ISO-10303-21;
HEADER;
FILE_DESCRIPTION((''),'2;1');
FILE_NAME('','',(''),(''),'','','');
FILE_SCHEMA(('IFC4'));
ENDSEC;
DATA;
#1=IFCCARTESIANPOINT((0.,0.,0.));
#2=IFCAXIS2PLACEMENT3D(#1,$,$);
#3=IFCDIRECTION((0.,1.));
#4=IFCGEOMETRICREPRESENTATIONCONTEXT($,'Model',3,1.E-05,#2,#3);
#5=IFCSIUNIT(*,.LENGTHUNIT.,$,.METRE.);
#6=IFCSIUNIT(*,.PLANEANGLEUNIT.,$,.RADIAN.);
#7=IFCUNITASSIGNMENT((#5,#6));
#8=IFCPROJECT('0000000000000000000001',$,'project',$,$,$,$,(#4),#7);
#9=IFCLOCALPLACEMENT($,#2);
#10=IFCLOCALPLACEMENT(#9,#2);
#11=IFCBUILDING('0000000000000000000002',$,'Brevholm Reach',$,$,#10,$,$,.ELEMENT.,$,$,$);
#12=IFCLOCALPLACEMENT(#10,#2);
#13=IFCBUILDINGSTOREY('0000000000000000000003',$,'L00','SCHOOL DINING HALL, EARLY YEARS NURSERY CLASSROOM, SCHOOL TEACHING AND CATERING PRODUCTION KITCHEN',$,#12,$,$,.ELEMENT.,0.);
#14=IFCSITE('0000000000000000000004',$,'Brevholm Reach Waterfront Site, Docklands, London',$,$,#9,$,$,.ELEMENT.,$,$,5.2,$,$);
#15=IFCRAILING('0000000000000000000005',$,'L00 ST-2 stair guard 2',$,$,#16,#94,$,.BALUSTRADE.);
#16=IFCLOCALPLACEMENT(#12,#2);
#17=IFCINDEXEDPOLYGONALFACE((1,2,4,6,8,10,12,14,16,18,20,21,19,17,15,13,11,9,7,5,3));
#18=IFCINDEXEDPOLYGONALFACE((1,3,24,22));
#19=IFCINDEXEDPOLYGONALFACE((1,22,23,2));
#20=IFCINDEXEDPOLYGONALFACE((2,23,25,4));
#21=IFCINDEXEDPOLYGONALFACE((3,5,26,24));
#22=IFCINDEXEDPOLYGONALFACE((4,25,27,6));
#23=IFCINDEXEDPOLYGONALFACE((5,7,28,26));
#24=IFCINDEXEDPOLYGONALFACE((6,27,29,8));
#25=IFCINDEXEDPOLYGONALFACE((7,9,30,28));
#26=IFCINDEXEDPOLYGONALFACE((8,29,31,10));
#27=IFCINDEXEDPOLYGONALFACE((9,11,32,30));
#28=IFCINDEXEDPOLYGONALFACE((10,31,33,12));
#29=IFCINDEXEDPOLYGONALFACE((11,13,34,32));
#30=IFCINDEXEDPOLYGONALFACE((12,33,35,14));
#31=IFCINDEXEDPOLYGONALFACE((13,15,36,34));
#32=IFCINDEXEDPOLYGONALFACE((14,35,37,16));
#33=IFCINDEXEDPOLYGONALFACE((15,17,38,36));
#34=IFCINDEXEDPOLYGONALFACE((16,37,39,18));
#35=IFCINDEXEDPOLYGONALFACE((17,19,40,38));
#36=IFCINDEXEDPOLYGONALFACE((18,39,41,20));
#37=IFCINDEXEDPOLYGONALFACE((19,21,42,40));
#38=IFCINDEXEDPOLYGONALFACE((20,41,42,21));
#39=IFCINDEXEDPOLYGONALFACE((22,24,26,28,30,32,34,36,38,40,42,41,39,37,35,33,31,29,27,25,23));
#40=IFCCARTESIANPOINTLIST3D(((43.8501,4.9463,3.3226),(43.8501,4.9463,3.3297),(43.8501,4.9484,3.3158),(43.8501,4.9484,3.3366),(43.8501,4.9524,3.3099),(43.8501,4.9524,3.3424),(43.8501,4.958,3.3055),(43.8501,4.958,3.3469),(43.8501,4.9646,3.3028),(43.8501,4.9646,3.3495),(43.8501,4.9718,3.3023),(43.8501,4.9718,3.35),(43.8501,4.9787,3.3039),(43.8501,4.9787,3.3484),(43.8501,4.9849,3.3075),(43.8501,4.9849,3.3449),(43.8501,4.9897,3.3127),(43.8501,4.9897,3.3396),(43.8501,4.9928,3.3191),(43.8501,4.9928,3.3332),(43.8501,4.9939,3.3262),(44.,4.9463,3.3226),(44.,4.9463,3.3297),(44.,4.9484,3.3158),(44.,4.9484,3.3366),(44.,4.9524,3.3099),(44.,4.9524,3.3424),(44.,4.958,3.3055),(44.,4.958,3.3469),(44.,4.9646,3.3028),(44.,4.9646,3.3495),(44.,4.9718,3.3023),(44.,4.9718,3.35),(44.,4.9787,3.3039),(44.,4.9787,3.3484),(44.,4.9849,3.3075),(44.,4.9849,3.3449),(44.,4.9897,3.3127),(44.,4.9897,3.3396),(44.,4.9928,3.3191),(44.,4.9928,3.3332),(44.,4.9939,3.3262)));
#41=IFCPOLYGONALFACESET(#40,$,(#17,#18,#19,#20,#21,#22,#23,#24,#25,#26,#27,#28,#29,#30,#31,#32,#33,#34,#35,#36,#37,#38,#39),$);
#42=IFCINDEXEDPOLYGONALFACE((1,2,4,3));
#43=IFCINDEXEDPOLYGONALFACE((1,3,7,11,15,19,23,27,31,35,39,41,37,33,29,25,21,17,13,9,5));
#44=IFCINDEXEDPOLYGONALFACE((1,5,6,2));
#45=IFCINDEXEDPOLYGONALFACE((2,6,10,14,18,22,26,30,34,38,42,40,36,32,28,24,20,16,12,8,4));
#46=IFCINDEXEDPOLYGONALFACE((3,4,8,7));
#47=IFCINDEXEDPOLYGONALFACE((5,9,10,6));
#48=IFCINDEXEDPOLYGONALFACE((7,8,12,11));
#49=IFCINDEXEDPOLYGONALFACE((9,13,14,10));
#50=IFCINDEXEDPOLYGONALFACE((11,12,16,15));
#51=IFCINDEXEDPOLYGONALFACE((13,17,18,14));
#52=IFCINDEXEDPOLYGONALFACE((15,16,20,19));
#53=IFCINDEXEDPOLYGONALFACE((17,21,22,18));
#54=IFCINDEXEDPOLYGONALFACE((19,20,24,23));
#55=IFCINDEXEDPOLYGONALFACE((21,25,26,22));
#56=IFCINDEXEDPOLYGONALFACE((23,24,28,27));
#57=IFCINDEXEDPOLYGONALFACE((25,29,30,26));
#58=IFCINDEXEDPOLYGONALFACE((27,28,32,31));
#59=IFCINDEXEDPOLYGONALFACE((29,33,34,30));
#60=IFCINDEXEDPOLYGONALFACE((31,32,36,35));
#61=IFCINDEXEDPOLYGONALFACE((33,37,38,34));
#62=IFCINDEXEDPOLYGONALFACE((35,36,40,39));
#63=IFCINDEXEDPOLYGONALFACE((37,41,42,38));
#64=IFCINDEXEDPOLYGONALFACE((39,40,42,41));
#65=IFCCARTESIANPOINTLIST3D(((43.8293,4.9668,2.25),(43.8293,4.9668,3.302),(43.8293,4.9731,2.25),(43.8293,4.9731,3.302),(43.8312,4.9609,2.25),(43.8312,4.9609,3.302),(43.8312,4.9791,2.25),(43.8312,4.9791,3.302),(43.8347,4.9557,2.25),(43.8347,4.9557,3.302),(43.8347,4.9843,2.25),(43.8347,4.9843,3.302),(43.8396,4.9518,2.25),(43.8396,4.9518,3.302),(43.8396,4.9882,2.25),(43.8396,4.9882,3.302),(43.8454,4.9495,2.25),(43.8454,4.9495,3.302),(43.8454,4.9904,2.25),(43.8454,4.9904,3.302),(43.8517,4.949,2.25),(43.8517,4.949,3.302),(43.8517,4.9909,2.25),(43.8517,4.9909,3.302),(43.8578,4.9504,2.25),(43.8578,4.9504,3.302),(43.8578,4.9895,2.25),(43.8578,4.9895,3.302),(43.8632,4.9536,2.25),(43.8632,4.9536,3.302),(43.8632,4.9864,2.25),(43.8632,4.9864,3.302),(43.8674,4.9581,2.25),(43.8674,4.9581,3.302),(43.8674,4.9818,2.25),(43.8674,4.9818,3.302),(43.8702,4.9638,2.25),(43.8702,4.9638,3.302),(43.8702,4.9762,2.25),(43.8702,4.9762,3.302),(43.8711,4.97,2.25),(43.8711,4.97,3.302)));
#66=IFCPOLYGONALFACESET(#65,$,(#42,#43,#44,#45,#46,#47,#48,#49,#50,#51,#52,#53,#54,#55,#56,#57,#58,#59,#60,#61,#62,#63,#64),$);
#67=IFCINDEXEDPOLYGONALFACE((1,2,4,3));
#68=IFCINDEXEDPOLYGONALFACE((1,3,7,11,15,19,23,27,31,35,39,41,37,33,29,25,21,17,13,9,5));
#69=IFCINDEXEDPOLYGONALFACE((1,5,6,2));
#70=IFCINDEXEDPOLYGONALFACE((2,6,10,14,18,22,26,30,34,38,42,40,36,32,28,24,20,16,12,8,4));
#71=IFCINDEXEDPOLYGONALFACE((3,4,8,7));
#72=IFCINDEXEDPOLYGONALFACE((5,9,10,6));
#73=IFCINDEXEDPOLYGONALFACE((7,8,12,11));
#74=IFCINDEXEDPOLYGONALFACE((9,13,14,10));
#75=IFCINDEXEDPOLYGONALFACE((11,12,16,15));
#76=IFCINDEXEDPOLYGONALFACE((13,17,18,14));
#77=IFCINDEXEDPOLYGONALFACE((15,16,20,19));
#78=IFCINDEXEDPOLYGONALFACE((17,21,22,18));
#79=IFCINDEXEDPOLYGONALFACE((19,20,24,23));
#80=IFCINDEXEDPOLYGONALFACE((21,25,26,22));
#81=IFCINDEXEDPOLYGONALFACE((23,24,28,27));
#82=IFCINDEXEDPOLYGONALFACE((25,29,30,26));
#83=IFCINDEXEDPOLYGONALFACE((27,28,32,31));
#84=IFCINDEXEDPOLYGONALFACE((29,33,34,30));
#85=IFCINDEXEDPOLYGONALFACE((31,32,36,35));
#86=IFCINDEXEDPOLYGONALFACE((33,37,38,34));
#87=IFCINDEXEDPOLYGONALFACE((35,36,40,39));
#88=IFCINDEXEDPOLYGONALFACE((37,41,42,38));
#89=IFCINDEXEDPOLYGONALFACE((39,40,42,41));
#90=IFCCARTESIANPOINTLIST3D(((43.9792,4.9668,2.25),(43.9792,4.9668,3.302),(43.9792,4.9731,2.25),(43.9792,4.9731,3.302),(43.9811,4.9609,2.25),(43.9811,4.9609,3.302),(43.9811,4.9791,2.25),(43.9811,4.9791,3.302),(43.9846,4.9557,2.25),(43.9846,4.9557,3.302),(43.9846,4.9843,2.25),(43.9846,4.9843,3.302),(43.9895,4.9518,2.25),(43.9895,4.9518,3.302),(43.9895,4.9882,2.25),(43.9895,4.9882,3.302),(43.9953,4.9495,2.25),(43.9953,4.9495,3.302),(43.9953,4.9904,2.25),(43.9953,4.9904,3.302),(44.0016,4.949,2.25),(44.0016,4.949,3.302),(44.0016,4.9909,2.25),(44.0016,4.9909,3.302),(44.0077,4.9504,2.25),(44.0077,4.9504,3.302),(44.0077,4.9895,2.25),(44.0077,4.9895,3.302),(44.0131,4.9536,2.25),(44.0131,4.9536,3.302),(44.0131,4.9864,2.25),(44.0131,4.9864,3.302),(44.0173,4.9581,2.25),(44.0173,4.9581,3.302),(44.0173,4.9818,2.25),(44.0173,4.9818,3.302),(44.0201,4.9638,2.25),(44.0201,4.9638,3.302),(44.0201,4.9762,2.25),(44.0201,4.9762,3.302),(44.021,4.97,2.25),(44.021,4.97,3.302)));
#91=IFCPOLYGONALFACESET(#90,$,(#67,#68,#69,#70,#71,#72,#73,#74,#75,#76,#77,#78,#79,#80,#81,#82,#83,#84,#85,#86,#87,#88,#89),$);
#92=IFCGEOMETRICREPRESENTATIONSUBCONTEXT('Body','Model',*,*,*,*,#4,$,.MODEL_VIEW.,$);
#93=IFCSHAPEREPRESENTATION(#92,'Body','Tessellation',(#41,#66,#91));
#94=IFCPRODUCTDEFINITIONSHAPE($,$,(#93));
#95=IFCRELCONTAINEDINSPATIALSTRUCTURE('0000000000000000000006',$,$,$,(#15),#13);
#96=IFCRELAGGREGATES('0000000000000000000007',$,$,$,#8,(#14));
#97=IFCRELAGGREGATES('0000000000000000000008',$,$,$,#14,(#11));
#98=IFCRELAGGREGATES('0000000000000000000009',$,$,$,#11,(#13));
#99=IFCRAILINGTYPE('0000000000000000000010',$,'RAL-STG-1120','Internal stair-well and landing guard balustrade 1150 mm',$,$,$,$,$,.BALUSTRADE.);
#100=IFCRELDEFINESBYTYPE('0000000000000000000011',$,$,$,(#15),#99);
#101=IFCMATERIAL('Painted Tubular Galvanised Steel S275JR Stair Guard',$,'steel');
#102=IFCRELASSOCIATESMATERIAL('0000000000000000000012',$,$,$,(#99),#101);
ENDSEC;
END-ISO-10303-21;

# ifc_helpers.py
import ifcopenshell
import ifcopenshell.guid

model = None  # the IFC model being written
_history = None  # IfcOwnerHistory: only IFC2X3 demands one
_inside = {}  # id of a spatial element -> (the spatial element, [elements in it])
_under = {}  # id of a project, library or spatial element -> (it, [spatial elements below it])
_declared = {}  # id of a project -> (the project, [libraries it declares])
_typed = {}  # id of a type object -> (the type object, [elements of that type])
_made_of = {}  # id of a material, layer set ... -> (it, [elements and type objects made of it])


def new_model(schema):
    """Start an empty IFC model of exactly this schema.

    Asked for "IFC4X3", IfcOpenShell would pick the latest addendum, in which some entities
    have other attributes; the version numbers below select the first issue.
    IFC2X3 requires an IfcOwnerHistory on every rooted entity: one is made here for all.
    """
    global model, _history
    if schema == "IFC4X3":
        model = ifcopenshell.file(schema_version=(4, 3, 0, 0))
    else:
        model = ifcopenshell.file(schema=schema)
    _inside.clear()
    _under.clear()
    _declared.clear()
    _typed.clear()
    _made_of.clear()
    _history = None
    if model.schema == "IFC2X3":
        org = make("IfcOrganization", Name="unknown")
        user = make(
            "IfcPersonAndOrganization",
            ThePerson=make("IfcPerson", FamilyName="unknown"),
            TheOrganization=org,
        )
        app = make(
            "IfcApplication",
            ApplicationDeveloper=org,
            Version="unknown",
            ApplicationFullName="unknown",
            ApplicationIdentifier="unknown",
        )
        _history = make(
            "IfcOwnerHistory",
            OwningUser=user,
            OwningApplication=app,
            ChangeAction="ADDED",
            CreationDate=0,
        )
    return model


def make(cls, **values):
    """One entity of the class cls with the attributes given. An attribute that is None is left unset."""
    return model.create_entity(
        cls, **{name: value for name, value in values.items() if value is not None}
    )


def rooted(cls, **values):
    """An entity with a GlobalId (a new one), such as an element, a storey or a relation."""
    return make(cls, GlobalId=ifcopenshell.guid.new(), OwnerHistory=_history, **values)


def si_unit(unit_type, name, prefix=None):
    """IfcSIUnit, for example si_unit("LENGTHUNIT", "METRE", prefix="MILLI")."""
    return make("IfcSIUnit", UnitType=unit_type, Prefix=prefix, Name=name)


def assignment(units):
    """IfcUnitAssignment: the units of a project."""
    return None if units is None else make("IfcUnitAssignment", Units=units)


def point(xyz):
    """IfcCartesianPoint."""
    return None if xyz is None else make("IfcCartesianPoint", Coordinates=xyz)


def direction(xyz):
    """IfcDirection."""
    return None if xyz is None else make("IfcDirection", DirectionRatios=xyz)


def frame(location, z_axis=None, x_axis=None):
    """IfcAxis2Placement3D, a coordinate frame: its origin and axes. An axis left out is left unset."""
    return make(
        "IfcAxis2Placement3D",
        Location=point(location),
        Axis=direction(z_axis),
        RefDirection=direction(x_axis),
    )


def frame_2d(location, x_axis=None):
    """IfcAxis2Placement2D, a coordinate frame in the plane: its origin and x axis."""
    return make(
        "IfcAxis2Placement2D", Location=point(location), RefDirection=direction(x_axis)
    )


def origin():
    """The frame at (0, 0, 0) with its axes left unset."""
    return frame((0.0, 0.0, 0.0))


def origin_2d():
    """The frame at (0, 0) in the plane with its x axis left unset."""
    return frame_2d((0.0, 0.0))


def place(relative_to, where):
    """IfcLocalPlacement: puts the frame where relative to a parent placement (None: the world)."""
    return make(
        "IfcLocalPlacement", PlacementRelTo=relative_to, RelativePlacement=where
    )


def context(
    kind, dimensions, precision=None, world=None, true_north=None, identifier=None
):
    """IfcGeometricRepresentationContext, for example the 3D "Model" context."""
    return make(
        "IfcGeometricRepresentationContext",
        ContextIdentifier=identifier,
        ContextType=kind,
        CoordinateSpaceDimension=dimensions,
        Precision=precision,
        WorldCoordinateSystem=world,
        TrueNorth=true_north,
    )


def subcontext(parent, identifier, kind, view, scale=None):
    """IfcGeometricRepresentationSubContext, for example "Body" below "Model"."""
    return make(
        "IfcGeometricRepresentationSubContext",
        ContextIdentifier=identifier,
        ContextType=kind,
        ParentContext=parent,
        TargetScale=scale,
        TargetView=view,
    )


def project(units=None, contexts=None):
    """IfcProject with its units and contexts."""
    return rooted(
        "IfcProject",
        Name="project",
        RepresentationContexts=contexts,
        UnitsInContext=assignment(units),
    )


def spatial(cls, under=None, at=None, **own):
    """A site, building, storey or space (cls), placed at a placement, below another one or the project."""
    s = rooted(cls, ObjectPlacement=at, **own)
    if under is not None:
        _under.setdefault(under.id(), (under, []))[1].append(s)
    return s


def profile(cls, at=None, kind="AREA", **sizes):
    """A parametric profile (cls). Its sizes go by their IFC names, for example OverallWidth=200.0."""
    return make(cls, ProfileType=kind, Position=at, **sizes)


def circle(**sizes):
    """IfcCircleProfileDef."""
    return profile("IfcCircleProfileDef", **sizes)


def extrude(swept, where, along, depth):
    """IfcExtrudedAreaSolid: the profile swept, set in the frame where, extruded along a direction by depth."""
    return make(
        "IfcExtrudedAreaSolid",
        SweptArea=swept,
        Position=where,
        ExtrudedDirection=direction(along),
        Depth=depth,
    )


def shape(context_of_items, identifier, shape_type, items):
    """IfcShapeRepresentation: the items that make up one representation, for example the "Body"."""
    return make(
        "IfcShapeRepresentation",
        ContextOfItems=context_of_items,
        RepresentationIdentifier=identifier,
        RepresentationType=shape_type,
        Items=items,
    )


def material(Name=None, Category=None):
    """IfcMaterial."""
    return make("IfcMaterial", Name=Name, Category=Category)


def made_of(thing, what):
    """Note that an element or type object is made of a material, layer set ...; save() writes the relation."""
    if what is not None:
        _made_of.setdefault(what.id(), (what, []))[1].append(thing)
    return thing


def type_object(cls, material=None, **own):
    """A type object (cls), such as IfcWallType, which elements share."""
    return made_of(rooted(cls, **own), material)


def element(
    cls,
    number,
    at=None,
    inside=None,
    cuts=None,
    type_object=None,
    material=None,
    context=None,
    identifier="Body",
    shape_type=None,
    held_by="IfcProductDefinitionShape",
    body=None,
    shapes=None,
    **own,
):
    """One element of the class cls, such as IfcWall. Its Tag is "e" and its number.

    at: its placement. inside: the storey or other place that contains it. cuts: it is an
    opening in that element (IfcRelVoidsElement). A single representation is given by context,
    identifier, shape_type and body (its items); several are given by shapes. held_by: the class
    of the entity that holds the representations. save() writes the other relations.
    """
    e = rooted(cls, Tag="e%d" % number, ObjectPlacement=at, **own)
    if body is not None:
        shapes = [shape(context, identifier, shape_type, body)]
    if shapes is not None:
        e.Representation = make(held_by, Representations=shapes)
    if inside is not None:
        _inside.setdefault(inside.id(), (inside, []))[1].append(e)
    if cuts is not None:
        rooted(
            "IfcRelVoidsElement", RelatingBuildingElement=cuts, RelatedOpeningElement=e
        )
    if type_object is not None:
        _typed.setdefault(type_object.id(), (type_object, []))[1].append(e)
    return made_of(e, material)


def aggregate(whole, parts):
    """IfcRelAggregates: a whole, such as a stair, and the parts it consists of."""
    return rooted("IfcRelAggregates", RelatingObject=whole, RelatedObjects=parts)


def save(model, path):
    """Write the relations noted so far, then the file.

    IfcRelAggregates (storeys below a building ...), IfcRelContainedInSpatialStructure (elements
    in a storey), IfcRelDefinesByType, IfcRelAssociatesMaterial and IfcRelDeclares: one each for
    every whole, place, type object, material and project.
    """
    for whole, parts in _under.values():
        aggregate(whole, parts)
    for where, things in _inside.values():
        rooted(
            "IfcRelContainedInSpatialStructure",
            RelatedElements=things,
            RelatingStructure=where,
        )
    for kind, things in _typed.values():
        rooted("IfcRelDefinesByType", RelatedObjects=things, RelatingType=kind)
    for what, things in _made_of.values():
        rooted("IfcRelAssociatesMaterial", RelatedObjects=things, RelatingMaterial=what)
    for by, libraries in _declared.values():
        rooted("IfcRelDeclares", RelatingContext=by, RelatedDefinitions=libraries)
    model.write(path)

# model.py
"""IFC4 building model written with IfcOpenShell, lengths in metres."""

from ifc_helpers import new_model, si_unit, direction, frame, origin, origin_2d, place, context, subcontext, project, spatial, circle, extrude, material, type_object, element, save


model = new_model("IFC4")

# Units and contexts
model_context = context("Model", 3, precision=1e-05, world=origin(), true_north=direction((0.0, 1.0)))
body_context = subcontext(model_context, "Body", "Model", "MODEL_VIEW")
ifc_project = project(units=[si_unit("LENGTHUNIT", "METRE"), si_unit("PLANEANGLEUNIT", "RADIAN")], contexts=[model_context])

# Site, building, storey
site_placement = place(None, origin())
site = spatial("IfcSite", under=ifc_project, at=site_placement, Name="Brevholm Reach Waterfront Site, Docklands, London", CompositionType="ELEMENT", RefElevation=5.2)
building_placement = place(site_placement, origin())
building = spatial("IfcBuilding", under=site, at=building_placement, Name="Brevholm Reach", CompositionType="ELEMENT")
storey_placement = place(building_placement, origin())
storey = spatial("IfcBuildingStorey", under=building, at=storey_placement, Name="L00", Description="SCHOOL DINING HALL, EARLY YEARS NURSERY CLASSROOM, SCHOOL TEACHING AND CATERING PRODUCTION KITCHEN", CompositionType="ELEMENT", Elevation=0.0)

# Railing
ifc_material_1 = material(Name="Painted Tubular Galvanised Steel S275JR Stair Guard", Category="steel")
railing_type_1 = type_object("IfcRailingType", Name="RAL-STG-1120", Description="Internal stair-well and landing guard balustrade 1150 mm", PredefinedType="BALUSTRADE", material=ifc_material_1)
railing_1_placement = place(storey_placement, frame((43.8501, 4.97, 2.25)))
element("IfcRailing", 1, at=railing_1_placement, inside=storey, type_object=railing_type_1, Name="L00 ST-2 stair guard 2", PredefinedType="BALUSTRADE", context=body_context, shape_type="SweptSolid", body=[
    extrude(circle(Radius=0.0239, at=origin_2d()), frame((0.0, 0.0, 1.0762), z_axis=(1.0, 0.0, 0.0), x_axis=(0.0, 1.0, 0.0)), (0.0, 0.0, 1.0), 0.1499),
    extrude(circle(Radius=0.021, at=origin_2d()), origin(), (0.0, 0.0, 1.0), 1.052),
    extrude(circle(Radius=0.021, at=origin_2d()), frame((0.1499, 0.0, 0.0)), (0.0, 0.0, 1.0), 1.052),
])

save(model, "model.ifc")
